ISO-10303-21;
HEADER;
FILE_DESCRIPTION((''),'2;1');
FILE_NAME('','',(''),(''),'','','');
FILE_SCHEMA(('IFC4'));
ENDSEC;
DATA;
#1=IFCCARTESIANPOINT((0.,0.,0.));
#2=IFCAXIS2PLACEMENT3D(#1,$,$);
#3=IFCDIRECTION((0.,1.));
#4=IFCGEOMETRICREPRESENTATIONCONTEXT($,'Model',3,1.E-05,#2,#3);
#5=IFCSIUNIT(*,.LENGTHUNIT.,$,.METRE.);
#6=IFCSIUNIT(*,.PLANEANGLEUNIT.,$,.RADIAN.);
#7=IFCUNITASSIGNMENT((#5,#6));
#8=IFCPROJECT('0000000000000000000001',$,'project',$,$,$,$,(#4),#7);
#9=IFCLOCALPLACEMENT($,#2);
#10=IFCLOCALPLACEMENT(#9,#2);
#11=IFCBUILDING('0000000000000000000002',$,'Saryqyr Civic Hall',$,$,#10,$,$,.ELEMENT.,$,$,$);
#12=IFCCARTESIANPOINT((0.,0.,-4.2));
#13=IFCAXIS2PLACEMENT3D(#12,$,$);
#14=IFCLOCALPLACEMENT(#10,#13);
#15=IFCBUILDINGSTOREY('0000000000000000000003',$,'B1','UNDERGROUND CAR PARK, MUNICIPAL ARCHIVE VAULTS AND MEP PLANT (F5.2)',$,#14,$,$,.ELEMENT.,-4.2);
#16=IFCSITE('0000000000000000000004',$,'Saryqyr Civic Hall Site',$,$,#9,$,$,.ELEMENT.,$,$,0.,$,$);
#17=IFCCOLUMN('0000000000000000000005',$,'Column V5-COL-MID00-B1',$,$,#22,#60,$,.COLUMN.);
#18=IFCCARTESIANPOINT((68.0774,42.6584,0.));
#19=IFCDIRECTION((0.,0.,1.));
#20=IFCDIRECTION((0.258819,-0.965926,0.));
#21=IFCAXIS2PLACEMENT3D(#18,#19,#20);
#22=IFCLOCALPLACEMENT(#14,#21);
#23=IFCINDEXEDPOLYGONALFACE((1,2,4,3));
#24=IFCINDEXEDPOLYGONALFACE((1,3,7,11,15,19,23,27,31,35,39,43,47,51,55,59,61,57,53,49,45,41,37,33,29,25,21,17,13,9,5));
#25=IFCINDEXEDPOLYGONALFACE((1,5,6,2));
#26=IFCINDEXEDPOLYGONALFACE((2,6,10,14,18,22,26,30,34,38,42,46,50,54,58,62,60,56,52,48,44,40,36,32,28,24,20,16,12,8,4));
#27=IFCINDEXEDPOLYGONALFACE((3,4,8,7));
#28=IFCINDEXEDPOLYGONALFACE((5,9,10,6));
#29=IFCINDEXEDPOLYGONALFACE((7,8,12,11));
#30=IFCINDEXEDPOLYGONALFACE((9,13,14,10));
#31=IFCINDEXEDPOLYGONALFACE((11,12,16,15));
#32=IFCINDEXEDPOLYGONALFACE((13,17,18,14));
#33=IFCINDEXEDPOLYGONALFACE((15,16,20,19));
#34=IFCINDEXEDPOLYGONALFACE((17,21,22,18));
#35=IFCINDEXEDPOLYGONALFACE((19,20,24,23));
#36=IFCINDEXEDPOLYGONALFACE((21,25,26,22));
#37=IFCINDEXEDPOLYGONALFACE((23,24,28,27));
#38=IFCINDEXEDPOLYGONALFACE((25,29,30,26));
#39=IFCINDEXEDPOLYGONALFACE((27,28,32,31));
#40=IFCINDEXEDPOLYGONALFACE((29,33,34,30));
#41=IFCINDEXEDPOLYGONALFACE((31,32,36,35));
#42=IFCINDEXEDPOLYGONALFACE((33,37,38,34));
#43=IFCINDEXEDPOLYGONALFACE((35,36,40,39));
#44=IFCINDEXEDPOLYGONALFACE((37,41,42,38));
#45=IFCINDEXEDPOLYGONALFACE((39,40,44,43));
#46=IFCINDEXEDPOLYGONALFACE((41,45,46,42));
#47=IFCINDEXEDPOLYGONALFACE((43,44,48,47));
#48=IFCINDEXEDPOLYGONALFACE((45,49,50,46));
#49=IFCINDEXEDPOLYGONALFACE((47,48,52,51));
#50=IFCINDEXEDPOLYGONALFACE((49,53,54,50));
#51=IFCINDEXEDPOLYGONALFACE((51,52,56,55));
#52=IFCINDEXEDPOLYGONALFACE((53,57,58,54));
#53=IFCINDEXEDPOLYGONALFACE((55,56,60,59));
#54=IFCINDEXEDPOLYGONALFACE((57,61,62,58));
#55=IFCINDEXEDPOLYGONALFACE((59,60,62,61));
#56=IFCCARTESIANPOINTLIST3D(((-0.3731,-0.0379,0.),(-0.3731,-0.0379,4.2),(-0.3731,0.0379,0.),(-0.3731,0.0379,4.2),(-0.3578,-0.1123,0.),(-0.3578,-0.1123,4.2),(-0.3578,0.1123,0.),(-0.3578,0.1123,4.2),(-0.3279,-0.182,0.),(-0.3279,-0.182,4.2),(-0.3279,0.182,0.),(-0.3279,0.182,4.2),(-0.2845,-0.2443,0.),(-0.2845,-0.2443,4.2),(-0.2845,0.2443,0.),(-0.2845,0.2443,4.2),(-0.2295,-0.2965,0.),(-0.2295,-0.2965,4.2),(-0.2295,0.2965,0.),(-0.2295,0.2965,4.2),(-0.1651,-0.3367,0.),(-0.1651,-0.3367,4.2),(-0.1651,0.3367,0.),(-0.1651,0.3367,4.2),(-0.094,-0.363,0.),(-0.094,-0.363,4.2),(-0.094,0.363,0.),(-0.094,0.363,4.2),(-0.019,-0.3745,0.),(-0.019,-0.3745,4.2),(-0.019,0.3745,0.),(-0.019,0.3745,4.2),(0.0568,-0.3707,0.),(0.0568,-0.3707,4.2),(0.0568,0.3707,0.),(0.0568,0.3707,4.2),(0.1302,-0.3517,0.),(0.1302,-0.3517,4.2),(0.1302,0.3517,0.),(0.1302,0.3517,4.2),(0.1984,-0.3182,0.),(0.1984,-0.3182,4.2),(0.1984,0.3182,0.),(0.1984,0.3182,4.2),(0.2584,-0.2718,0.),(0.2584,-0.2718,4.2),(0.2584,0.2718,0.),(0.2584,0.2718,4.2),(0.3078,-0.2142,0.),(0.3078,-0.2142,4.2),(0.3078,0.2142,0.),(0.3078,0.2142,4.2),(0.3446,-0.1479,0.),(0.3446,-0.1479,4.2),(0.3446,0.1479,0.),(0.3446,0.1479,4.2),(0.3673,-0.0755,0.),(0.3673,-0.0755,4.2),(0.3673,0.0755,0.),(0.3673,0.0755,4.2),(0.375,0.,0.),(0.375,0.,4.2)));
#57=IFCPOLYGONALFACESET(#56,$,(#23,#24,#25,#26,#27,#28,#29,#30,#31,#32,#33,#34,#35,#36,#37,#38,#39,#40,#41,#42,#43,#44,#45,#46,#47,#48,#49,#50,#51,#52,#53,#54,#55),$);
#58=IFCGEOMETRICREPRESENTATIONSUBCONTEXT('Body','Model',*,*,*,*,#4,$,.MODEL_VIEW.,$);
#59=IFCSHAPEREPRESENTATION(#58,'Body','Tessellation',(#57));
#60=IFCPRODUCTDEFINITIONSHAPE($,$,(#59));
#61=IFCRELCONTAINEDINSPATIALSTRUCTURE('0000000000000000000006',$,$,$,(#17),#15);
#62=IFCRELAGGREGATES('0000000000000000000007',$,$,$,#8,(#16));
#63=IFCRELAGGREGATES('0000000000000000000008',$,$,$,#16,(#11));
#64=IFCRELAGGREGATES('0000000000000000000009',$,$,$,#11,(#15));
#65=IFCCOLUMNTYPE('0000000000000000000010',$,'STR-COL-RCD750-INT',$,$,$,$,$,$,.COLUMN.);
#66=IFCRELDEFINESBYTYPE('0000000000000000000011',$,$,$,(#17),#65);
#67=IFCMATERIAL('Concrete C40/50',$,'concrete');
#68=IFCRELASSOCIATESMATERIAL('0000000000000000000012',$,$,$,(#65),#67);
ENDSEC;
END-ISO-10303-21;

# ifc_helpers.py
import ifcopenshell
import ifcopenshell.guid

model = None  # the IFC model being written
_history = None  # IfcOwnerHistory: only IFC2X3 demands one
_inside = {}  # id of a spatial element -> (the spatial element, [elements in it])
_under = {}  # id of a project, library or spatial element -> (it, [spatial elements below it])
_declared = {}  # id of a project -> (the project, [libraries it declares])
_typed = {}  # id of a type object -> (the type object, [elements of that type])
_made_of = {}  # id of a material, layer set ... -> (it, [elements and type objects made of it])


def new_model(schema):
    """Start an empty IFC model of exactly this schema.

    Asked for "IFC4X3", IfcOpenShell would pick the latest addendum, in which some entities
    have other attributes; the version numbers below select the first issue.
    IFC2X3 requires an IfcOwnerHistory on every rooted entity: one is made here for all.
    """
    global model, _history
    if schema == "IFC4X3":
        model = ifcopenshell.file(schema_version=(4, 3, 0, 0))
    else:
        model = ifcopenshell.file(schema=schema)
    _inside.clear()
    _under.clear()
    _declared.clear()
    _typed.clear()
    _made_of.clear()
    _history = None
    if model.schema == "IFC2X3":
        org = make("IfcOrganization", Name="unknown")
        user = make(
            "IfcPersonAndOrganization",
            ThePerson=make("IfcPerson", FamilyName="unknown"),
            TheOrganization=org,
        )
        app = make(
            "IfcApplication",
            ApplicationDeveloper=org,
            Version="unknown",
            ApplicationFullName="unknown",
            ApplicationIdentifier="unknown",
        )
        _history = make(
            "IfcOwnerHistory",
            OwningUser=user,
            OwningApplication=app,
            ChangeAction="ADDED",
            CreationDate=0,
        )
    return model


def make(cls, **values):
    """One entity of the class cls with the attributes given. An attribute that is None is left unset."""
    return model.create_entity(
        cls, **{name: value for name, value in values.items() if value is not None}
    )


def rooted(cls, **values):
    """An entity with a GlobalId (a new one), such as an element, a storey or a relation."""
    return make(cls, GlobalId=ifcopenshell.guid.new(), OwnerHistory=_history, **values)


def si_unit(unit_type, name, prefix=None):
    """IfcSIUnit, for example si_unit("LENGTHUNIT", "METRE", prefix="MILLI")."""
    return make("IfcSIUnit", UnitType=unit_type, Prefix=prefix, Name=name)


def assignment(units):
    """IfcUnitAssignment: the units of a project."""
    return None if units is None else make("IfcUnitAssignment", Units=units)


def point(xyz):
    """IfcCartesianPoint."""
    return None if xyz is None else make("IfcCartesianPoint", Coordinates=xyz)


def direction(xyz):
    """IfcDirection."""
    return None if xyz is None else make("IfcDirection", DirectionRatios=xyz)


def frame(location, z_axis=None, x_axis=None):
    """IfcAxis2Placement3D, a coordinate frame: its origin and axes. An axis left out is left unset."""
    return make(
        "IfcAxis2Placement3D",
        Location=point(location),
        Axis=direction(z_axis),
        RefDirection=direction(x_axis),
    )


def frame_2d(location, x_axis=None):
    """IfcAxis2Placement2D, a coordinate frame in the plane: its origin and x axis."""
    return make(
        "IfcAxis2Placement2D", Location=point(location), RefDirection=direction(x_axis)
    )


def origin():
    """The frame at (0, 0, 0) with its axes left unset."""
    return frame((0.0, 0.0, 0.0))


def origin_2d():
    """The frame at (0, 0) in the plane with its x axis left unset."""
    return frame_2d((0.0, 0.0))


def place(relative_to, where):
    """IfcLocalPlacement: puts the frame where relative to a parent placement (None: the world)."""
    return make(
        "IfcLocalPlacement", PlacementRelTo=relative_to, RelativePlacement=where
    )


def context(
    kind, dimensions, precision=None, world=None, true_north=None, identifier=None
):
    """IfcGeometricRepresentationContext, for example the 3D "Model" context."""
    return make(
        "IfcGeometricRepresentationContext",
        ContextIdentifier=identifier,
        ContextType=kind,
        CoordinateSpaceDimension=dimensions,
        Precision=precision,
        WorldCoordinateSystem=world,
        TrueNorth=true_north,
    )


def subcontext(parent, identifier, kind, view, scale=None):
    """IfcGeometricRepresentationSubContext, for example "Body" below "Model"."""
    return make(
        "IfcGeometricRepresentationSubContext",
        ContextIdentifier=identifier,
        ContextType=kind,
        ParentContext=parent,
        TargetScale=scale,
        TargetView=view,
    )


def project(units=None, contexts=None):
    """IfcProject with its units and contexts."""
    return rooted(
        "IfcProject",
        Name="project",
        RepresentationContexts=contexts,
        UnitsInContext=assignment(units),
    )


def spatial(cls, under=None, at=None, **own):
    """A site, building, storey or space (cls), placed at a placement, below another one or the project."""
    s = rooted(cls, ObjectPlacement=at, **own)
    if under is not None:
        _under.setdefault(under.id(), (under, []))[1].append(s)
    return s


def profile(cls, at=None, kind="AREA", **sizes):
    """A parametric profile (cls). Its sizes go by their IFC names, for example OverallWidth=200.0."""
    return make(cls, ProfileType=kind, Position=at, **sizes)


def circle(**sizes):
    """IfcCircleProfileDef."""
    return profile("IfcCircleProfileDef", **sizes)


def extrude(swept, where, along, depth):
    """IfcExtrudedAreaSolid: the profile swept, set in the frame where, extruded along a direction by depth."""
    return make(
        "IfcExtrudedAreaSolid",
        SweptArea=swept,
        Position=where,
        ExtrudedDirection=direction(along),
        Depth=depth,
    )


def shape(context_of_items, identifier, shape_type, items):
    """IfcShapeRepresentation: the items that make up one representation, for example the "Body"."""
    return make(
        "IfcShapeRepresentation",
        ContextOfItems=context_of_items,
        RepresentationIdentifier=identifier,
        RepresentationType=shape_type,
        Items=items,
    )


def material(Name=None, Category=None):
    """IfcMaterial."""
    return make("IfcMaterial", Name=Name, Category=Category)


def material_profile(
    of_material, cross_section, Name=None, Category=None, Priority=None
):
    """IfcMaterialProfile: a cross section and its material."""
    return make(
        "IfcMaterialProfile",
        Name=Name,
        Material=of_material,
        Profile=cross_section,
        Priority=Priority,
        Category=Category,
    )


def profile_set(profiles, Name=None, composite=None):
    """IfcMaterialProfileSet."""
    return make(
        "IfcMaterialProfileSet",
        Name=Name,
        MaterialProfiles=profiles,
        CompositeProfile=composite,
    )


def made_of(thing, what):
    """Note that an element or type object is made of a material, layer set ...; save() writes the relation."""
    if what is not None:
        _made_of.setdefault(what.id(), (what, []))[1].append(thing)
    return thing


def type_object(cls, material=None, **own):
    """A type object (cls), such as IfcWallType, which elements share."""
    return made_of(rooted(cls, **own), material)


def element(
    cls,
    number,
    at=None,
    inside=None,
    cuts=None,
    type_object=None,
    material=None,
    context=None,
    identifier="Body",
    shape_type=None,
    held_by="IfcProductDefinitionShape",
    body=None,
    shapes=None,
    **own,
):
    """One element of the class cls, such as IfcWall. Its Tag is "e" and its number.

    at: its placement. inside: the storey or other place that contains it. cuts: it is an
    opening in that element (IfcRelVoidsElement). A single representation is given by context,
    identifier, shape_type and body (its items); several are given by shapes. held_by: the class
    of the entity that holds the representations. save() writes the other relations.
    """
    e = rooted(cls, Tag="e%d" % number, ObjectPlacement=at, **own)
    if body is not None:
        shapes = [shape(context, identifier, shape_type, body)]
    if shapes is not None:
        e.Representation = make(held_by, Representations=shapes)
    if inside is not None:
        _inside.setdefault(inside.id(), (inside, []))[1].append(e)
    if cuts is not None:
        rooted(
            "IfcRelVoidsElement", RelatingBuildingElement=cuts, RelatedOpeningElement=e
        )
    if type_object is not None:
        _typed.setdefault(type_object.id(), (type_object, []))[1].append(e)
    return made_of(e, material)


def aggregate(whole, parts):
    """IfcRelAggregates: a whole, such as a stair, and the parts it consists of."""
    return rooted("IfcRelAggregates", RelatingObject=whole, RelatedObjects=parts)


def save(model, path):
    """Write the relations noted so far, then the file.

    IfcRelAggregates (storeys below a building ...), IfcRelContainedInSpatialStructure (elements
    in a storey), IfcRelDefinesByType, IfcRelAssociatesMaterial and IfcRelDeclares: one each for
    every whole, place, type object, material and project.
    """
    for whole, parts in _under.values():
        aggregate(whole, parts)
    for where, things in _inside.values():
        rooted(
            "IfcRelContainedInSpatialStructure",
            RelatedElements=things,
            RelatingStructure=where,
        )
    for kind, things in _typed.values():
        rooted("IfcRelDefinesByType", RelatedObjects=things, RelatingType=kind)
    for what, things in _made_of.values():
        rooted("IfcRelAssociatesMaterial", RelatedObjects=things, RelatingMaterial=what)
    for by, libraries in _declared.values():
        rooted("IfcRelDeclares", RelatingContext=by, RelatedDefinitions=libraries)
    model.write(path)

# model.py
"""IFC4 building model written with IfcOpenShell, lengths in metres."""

from ifc_helpers import new_model, si_unit, direction, frame, origin, origin_2d, place, context, subcontext, project, spatial, circle, extrude, material, material_profile, profile_set, type_object, element, save


model = new_model("IFC4")

# Units and contexts
model_context = context("Model", 3, precision=1e-05, world=origin(), true_north=direction((0.0, 1.0)))
body_context = subcontext(model_context, "Body", "Model", "MODEL_VIEW")
ifc_project = project(units=[si_unit("LENGTHUNIT", "METRE"), si_unit("PLANEANGLEUNIT", "RADIAN")], contexts=[model_context])

# Site, building, storey
site_placement = place(None, origin())
site = spatial("IfcSite", under=ifc_project, at=site_placement, Name="Saryqyr Civic Hall Site", CompositionType="ELEMENT", RefElevation=0.0)
building_placement = place(site_placement, origin())
building = spatial("IfcBuilding", under=site, at=building_placement, Name="Saryqyr Civic Hall", CompositionType="ELEMENT")
storey_placement = place(building_placement, frame((0.0, 0.0, -4.2)))
storey = spatial("IfcBuildingStorey", under=building, at=storey_placement, Name="B1", Description="UNDERGROUND CAR PARK, MUNICIPAL ARCHIVE VAULTS AND MEP PLANT (F5.2)", CompositionType="ELEMENT", Elevation=-4.2)

# Column
ifc_material_1 = material(Name="Concrete C40/50", Category="concrete")
ifc_material_profile_1 = material_profile(ifc_material_1, circle(Radius=0.375, at=origin_2d()), Name="RC D750")
ifc_profile_set_1 = profile_set([ifc_material_profile_1], Name="Concrete C40/50")
column_type_1 = type_object("IfcColumnType", Name="STR-COL-RCD750-INT", PredefinedType="COLUMN", material=ifc_profile_set_1)
column_1_placement = place(storey_placement, frame((68.0774, 42.6584, 0.0), z_axis=(0.0, 0.0, 1.0), x_axis=(0.258819, -0.965926, 0.0)))
element("IfcColumn", 1, at=column_1_placement, inside=storey, type_object=column_type_1, Name="Column V5-COL-MID00-B1", PredefinedType="COLUMN", context=body_context, shape_type="SweptSolid", body=[
    extrude(circle(Radius=0.375, at=origin_2d()), origin(), (0.0, 0.0, 1.0), 4.2),
])

save(model, "model.ifc")
